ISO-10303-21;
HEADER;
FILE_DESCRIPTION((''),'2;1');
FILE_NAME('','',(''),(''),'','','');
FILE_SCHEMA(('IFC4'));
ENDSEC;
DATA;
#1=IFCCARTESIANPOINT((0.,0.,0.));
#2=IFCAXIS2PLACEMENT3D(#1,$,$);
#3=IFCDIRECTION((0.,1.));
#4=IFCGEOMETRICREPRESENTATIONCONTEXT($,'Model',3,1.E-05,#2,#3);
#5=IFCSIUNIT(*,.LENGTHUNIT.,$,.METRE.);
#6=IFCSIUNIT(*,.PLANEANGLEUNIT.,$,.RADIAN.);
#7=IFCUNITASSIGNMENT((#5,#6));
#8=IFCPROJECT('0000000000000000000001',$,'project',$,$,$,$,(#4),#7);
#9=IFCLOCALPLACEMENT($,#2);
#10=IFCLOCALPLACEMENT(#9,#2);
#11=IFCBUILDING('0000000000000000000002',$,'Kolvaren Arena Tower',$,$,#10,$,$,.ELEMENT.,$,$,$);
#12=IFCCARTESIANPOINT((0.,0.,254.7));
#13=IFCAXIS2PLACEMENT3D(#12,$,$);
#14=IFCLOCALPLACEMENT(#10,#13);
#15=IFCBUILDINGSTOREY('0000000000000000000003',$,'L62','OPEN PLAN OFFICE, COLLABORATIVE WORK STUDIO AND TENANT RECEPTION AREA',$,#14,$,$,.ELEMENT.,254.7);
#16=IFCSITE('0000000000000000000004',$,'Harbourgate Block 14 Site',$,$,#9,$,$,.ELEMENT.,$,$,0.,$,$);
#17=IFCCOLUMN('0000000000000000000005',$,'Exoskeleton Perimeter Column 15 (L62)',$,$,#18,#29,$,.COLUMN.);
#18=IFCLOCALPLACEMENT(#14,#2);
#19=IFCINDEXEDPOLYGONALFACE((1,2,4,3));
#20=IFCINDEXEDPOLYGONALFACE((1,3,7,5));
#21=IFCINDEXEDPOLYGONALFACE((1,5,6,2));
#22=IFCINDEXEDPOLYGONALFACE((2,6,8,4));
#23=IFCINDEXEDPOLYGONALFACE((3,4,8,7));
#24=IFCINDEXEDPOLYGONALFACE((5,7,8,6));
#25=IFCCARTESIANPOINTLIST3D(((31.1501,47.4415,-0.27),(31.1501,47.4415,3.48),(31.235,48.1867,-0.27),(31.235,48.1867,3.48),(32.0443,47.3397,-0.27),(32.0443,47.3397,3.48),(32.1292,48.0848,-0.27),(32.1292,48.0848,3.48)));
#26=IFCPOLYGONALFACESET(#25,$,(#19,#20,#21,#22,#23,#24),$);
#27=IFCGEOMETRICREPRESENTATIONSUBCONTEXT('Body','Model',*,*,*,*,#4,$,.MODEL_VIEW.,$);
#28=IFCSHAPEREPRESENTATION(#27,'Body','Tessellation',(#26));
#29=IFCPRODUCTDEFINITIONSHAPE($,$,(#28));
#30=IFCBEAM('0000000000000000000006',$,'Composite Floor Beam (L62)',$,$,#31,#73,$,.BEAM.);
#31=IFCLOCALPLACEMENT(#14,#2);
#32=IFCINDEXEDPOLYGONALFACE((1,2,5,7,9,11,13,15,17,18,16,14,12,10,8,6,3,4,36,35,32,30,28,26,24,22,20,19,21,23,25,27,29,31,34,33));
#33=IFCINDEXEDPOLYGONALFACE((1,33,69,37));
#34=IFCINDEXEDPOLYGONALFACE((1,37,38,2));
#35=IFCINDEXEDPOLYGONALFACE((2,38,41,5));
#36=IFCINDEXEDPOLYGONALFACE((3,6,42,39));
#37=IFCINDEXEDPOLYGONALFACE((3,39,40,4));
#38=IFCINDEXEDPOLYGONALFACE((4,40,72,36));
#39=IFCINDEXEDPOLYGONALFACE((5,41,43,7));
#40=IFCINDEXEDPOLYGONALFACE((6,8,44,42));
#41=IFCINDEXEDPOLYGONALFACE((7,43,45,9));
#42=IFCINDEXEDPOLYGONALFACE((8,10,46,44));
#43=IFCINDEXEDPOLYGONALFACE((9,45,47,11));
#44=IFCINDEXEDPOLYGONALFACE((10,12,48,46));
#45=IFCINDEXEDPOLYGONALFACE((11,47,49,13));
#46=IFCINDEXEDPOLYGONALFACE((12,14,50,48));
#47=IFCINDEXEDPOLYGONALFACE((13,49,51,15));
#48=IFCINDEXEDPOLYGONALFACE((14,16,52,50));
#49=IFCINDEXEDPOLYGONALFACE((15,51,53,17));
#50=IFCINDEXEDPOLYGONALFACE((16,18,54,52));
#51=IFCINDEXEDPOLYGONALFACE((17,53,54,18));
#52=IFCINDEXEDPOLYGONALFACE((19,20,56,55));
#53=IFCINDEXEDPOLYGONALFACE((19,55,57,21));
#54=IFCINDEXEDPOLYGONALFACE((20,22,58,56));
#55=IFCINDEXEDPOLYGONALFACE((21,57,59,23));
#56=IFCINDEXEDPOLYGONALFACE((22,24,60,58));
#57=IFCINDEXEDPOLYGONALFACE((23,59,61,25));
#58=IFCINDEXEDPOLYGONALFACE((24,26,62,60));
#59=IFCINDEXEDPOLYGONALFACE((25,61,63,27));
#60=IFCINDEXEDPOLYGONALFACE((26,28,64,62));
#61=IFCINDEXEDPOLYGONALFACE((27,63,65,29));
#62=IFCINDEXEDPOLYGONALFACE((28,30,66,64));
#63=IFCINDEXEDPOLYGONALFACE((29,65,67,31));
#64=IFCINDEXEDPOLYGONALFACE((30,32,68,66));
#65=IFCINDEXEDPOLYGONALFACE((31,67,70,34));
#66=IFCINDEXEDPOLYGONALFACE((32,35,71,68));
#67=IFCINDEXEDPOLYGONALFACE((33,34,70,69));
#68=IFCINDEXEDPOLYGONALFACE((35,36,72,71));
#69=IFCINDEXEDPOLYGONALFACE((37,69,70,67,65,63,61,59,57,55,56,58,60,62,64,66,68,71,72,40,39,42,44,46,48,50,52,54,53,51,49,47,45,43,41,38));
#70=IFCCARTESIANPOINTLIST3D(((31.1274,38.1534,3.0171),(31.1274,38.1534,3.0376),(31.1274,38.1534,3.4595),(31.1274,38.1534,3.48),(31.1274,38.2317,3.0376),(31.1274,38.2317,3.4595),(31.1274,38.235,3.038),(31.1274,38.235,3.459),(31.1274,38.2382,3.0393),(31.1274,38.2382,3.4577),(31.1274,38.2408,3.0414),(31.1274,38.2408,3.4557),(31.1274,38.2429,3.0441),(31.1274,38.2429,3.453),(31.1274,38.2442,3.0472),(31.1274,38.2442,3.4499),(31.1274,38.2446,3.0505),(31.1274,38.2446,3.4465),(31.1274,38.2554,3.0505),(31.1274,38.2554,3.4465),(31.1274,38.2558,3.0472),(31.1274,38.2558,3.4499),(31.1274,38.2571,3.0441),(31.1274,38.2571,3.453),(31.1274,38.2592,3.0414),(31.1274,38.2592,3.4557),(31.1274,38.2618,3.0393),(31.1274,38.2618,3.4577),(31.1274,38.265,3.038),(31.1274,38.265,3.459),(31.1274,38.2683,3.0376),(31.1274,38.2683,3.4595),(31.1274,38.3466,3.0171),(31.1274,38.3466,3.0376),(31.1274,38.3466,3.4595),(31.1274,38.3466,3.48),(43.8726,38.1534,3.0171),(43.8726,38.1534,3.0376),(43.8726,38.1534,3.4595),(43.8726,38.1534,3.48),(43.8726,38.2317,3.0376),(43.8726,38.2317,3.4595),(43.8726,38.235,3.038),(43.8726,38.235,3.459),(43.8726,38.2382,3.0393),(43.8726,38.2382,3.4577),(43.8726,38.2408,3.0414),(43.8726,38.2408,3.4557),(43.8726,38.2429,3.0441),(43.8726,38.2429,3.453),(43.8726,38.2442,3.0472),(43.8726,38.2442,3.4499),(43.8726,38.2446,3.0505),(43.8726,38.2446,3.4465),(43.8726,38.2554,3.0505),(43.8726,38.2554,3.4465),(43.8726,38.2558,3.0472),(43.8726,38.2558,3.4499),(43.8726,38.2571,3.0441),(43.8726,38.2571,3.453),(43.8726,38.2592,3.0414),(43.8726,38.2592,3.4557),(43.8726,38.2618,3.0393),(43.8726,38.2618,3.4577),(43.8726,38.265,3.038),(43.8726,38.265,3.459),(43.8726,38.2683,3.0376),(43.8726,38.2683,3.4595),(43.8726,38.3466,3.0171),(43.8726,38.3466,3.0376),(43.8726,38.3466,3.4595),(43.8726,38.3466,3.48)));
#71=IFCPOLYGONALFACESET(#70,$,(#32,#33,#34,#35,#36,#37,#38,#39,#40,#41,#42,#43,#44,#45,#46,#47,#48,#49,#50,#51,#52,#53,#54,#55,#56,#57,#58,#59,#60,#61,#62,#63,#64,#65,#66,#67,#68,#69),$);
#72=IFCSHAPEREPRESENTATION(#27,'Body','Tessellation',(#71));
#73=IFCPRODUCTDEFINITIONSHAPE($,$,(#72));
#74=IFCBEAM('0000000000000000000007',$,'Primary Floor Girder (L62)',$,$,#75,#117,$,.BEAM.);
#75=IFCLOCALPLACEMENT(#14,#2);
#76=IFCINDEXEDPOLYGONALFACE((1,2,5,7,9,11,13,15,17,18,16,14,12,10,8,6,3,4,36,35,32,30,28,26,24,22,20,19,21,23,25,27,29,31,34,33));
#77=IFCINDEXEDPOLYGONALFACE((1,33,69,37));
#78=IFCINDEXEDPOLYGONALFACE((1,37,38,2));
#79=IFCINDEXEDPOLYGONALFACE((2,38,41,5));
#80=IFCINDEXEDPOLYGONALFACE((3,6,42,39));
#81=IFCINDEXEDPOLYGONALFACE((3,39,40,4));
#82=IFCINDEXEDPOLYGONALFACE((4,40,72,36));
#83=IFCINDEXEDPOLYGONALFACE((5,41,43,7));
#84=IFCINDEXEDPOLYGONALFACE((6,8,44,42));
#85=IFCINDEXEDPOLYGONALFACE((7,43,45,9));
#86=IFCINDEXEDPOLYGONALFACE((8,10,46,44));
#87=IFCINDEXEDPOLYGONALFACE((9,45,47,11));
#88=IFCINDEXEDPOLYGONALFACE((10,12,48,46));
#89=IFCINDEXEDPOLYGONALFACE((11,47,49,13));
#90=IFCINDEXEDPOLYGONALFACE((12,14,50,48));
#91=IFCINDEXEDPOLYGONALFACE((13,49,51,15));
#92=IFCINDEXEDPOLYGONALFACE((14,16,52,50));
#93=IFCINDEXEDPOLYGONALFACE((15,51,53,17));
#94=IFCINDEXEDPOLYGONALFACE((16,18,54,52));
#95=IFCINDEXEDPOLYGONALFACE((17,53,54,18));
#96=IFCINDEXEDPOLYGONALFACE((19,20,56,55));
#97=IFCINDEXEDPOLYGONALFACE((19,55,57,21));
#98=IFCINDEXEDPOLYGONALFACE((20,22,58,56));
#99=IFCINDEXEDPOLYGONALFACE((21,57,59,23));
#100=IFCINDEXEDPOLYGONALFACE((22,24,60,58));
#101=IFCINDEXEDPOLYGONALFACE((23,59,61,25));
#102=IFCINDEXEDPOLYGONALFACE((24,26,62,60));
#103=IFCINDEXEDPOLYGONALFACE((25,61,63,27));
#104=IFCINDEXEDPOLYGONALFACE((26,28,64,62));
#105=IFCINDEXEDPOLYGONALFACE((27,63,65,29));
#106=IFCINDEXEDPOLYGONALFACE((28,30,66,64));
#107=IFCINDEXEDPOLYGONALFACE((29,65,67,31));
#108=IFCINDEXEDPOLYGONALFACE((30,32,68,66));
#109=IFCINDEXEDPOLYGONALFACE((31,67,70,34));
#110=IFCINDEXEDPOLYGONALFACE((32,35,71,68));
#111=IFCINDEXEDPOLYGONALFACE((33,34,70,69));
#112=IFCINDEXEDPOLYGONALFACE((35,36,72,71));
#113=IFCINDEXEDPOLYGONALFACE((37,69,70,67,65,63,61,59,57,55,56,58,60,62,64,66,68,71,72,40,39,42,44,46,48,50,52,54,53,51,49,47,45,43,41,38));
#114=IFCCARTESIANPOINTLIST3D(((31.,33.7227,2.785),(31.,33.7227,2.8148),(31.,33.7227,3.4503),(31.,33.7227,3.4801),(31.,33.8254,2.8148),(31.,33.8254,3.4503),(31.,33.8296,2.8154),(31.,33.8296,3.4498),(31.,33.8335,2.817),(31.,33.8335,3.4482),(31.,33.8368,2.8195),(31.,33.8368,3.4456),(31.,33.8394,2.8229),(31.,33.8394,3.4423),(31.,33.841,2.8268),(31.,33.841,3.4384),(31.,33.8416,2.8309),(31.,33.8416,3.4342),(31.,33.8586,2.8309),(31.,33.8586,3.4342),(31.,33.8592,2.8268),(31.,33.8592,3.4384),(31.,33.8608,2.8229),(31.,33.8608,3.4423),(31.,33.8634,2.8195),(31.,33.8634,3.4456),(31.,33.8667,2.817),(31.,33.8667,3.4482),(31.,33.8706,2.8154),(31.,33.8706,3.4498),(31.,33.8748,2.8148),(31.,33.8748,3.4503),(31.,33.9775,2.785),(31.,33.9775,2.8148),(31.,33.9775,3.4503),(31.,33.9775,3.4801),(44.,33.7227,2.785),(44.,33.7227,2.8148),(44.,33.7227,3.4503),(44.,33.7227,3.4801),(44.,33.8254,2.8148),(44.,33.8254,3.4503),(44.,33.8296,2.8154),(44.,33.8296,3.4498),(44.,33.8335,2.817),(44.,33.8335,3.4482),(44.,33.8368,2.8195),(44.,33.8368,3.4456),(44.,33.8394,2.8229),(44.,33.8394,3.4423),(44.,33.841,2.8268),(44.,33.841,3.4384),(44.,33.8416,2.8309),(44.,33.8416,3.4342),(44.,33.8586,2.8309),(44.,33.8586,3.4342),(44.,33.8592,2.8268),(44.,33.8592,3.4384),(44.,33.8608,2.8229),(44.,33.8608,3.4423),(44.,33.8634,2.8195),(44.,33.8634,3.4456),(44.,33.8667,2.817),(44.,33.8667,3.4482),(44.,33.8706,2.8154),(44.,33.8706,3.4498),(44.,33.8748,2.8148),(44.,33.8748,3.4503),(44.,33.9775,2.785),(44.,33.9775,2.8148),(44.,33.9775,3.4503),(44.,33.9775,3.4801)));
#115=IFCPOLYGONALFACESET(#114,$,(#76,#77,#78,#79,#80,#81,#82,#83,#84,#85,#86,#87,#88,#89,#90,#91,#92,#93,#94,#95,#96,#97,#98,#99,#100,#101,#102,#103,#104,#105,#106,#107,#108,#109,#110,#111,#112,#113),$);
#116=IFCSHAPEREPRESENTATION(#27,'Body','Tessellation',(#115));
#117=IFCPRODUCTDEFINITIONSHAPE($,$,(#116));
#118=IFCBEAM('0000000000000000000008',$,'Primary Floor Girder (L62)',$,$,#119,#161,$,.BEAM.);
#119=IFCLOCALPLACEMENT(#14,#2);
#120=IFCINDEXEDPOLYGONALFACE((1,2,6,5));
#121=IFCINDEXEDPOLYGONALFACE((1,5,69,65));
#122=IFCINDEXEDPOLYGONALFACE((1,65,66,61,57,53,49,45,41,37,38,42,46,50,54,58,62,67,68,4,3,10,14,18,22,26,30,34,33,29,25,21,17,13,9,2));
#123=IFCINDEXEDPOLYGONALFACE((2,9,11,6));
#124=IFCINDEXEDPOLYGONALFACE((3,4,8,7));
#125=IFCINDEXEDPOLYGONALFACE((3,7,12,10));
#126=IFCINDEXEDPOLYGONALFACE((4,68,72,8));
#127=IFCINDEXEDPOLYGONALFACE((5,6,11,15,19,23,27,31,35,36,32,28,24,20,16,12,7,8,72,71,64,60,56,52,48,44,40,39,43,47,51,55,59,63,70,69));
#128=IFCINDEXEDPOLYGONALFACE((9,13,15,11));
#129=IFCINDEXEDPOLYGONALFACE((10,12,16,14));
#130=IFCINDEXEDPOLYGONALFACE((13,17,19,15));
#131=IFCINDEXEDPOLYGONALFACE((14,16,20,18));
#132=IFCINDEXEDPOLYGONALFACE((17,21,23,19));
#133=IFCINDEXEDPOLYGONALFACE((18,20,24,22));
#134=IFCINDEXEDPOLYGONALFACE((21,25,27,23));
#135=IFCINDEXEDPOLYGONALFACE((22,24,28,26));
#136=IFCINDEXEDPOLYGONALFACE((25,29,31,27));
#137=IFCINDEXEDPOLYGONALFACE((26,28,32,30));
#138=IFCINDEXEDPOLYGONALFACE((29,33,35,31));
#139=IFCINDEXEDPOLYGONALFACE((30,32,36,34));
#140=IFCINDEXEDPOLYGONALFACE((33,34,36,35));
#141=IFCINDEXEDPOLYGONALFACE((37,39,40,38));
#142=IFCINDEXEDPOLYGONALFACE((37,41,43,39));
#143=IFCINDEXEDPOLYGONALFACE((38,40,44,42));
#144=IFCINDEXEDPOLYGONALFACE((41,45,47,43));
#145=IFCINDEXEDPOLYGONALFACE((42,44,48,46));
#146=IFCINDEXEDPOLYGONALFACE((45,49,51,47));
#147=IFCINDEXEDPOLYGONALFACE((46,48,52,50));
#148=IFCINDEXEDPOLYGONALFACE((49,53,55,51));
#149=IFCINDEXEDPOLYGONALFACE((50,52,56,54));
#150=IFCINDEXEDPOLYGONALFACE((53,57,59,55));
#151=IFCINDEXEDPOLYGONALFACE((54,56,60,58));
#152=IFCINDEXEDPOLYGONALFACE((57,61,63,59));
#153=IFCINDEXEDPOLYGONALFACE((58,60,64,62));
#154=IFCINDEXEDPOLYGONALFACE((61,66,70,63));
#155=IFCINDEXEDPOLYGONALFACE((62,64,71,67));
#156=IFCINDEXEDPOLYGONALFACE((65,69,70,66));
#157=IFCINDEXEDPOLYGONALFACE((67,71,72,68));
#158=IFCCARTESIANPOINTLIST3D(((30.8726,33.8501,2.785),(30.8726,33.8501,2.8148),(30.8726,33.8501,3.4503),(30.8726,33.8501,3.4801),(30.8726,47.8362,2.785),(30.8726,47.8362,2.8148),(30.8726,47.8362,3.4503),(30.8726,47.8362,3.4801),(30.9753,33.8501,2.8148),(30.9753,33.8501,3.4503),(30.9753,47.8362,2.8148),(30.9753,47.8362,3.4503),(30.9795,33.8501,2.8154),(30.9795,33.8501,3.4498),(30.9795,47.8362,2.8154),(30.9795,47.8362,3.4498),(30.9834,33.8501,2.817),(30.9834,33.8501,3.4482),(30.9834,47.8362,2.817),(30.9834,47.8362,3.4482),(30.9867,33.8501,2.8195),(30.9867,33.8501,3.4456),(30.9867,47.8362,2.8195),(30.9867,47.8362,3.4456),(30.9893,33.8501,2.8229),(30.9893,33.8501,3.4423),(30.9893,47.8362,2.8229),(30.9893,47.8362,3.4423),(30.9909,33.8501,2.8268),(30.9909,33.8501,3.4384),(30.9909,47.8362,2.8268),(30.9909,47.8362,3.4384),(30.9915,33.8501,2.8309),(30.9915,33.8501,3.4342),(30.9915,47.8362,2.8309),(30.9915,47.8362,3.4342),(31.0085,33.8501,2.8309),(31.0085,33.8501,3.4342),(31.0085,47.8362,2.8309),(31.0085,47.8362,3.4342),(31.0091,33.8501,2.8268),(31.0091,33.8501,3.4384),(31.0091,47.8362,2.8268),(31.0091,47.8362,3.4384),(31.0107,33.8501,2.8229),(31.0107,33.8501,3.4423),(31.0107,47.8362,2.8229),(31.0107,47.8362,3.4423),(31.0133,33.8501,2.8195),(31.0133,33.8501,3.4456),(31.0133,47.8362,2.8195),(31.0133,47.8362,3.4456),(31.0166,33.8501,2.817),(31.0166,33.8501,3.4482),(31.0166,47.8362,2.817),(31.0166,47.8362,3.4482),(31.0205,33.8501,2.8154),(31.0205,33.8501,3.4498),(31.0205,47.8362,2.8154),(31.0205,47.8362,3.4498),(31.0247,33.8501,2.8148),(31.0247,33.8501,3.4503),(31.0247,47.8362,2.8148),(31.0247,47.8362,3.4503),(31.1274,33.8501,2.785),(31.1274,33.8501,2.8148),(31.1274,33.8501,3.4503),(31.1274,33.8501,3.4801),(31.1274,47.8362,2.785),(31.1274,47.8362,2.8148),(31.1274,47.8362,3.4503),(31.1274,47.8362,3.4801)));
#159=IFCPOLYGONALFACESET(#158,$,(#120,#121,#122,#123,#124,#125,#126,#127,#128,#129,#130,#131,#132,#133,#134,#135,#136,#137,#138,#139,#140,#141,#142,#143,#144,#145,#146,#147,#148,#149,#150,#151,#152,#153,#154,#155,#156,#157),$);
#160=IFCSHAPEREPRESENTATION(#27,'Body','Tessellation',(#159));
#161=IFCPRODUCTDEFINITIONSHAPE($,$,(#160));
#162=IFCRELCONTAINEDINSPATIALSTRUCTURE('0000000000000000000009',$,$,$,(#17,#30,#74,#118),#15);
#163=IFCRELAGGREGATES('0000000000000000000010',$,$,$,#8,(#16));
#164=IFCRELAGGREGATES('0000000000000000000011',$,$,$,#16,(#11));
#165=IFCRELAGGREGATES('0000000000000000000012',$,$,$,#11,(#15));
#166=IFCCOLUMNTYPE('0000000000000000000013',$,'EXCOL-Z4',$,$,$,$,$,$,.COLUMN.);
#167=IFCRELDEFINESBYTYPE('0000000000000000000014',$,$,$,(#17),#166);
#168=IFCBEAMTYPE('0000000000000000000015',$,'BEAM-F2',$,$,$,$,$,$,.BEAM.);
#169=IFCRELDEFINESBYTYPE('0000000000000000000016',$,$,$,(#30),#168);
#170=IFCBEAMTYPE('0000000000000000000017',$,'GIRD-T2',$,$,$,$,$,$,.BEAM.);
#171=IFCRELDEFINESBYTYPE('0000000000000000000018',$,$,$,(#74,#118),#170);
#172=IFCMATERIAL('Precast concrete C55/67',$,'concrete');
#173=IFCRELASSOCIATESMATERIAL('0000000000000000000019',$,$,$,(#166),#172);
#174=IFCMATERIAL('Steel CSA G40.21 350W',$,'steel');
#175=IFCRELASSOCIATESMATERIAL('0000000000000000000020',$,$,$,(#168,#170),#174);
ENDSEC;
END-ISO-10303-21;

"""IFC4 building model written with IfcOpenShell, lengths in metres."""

from ifc_helpers import new_model, si_unit, direction, frame, origin, origin_2d, place, context, subcontext, project, spatial, rectangle, i_section, extrude, material, material_profile, profile_set, type_object, element, save


model = new_model("IFC4")

# Units and contexts
model_context = context("Model", 3, precision=1e-05, world=origin(), true_north=direction((0.0, 1.0)))
body_context = subcontext(model_context, "Body", "Model", "MODEL_VIEW")
ifc_project = project(units=[si_unit("LENGTHUNIT", "METRE"), si_unit("PLANEANGLEUNIT", "RADIAN")], contexts=[model_context])

# Site, building, storey
site_placement = place(None, origin())
site = spatial("IfcSite", under=ifc_project, at=site_placement, Name="Harbourgate Block 14 Site", CompositionType="ELEMENT", RefElevation=0.0)
building_placement = place(site_placement, origin())
building = spatial("IfcBuilding", under=site, at=building_placement, Name="Kolvaren Arena Tower", CompositionType="ELEMENT")
storey_placement = place(building_placement, frame((0.0, 0.0, 254.7)))
storey = spatial("IfcBuildingStorey", under=building, at=storey_placement, Name="L62", Description="OPEN PLAN OFFICE, COLLABORATIVE WORK STUDIO AND TENANT RECEPTION AREA", CompositionType="ELEMENT", Elevation=254.7)

# Column
ifc_material_1 = material(Name="Precast concrete C55/67", Category="concrete")
ifc_material_profile_1 = material_profile(ifc_material_1, rectangle(XDim=0.8999, YDim=0.75, at=origin_2d()), Name="RC-900x750")
ifc_profile_set_1 = profile_set([ifc_material_profile_1], Name="Precast concrete C55/67")
column_type = type_object("IfcColumnType", Name="EXCOL-Z4", PredefinedType="COLUMN", material=ifc_profile_set_1)
column_placement = place(storey_placement, frame((31.6396, 47.7632, -0.27), z_axis=(0.0, 0.0, 1.0), x_axis=(0.993572, -0.113203, 0.0)))
element("IfcColumn", 1, at=column_placement, inside=storey, type_object=column_type, Name="Exoskeleton Perimeter Column 15 (L62)", PredefinedType="COLUMN", context=body_context, shape_type="SweptSolid", body=[
    extrude(rectangle(XDim=0.8999, YDim=0.75, at=origin_2d()), origin(), (0.0, 0.0, 1.0), 3.75),
])

# Beams
ifc_material_2 = material(Name="Steel CSA G40.21 350W", Category="steel")
ifc_material_profile_2 = material_profile(ifc_material_2, i_section(OverallWidth=0.1931, OverallDepth=0.4629, WebThickness=0.0107, FlangeThickness=0.0205, FilletRadius=0.0129, at=origin_2d()), Name="W460x113")
ifc_profile_set_2 = profile_set([ifc_material_profile_2], Name="Steel CSA G40.21 350W")
beam_type_1 = type_object("IfcBeamType", Name="BEAM-F2", PredefinedType="BEAM", material=ifc_profile_set_2)
beam_1_placement = place(storey_placement, frame((31.1274, 38.25, 3.2485), z_axis=(1.0, 0.0, 0.0), x_axis=(0.0, 1.0, 0.0)))
element("IfcBeam", 2, at=beam_1_placement, inside=storey, type_object=beam_type_1, Name="Composite Floor Beam (L62)", PredefinedType="BEAM", context=body_context, shape_type="SweptSolid", body=[
    extrude(i_section(OverallWidth=0.1931, OverallDepth=0.4629, WebThickness=0.0107, FlangeThickness=0.0205, FilletRadius=0.0129, at=origin_2d()), origin(), (0.0, 0.0, 1.0), 12.7451),
])
ifc_material_profile_3 = material_profile(ifc_material_2, i_section(OverallWidth=0.2549, OverallDepth=0.6951, WebThickness=0.0171, FlangeThickness=0.0298, FilletRadius=0.0161, at=origin_2d()), Name="W690x217")
ifc_profile_set_3 = profile_set([ifc_material_profile_3], Name="Steel CSA G40.21 350W")
beam_type_2 = type_object("IfcBeamType", Name="GIRD-T2", PredefinedType="BEAM", material=ifc_profile_set_3)
beam_2_placement = place(storey_placement, frame((31.0, 33.8501, 3.1326), z_axis=(1.0, 0.0, 0.0), x_axis=(0.0, 1.0, 0.0)))
element("IfcBeam", 3, at=beam_2_placement, inside=storey, type_object=beam_type_2, Name="Primary Floor Girder (L62)", PredefinedType="BEAM", context=body_context, shape_type="SweptSolid", body=[
    extrude(i_section(OverallWidth=0.2549, OverallDepth=0.6951, WebThickness=0.0171, FlangeThickness=0.0298, FilletRadius=0.0161, at=origin_2d()), origin(), (0.0, 0.0, 1.0), 13.0),
])
beam_3_placement = place(storey_placement, frame((31.0, 33.8501, 3.1326), z_axis=(0.0, 1.0, 0.0), x_axis=(-1.0, 0.0, 0.0)))
element("IfcBeam", 4, at=beam_3_placement, inside=storey, type_object=beam_type_2, Name="Primary Floor Girder (L62)", PredefinedType="BEAM", context=body_context, shape_type="SweptSolid", body=[
    extrude(i_section(OverallWidth=0.2549, OverallDepth=0.6951, WebThickness=0.0171, FlangeThickness=0.0298, FilletRadius=0.0161, at=origin_2d()), origin(), (0.0, 0.0, 1.0), 13.9861),
])

save(model, "model.ifc")
